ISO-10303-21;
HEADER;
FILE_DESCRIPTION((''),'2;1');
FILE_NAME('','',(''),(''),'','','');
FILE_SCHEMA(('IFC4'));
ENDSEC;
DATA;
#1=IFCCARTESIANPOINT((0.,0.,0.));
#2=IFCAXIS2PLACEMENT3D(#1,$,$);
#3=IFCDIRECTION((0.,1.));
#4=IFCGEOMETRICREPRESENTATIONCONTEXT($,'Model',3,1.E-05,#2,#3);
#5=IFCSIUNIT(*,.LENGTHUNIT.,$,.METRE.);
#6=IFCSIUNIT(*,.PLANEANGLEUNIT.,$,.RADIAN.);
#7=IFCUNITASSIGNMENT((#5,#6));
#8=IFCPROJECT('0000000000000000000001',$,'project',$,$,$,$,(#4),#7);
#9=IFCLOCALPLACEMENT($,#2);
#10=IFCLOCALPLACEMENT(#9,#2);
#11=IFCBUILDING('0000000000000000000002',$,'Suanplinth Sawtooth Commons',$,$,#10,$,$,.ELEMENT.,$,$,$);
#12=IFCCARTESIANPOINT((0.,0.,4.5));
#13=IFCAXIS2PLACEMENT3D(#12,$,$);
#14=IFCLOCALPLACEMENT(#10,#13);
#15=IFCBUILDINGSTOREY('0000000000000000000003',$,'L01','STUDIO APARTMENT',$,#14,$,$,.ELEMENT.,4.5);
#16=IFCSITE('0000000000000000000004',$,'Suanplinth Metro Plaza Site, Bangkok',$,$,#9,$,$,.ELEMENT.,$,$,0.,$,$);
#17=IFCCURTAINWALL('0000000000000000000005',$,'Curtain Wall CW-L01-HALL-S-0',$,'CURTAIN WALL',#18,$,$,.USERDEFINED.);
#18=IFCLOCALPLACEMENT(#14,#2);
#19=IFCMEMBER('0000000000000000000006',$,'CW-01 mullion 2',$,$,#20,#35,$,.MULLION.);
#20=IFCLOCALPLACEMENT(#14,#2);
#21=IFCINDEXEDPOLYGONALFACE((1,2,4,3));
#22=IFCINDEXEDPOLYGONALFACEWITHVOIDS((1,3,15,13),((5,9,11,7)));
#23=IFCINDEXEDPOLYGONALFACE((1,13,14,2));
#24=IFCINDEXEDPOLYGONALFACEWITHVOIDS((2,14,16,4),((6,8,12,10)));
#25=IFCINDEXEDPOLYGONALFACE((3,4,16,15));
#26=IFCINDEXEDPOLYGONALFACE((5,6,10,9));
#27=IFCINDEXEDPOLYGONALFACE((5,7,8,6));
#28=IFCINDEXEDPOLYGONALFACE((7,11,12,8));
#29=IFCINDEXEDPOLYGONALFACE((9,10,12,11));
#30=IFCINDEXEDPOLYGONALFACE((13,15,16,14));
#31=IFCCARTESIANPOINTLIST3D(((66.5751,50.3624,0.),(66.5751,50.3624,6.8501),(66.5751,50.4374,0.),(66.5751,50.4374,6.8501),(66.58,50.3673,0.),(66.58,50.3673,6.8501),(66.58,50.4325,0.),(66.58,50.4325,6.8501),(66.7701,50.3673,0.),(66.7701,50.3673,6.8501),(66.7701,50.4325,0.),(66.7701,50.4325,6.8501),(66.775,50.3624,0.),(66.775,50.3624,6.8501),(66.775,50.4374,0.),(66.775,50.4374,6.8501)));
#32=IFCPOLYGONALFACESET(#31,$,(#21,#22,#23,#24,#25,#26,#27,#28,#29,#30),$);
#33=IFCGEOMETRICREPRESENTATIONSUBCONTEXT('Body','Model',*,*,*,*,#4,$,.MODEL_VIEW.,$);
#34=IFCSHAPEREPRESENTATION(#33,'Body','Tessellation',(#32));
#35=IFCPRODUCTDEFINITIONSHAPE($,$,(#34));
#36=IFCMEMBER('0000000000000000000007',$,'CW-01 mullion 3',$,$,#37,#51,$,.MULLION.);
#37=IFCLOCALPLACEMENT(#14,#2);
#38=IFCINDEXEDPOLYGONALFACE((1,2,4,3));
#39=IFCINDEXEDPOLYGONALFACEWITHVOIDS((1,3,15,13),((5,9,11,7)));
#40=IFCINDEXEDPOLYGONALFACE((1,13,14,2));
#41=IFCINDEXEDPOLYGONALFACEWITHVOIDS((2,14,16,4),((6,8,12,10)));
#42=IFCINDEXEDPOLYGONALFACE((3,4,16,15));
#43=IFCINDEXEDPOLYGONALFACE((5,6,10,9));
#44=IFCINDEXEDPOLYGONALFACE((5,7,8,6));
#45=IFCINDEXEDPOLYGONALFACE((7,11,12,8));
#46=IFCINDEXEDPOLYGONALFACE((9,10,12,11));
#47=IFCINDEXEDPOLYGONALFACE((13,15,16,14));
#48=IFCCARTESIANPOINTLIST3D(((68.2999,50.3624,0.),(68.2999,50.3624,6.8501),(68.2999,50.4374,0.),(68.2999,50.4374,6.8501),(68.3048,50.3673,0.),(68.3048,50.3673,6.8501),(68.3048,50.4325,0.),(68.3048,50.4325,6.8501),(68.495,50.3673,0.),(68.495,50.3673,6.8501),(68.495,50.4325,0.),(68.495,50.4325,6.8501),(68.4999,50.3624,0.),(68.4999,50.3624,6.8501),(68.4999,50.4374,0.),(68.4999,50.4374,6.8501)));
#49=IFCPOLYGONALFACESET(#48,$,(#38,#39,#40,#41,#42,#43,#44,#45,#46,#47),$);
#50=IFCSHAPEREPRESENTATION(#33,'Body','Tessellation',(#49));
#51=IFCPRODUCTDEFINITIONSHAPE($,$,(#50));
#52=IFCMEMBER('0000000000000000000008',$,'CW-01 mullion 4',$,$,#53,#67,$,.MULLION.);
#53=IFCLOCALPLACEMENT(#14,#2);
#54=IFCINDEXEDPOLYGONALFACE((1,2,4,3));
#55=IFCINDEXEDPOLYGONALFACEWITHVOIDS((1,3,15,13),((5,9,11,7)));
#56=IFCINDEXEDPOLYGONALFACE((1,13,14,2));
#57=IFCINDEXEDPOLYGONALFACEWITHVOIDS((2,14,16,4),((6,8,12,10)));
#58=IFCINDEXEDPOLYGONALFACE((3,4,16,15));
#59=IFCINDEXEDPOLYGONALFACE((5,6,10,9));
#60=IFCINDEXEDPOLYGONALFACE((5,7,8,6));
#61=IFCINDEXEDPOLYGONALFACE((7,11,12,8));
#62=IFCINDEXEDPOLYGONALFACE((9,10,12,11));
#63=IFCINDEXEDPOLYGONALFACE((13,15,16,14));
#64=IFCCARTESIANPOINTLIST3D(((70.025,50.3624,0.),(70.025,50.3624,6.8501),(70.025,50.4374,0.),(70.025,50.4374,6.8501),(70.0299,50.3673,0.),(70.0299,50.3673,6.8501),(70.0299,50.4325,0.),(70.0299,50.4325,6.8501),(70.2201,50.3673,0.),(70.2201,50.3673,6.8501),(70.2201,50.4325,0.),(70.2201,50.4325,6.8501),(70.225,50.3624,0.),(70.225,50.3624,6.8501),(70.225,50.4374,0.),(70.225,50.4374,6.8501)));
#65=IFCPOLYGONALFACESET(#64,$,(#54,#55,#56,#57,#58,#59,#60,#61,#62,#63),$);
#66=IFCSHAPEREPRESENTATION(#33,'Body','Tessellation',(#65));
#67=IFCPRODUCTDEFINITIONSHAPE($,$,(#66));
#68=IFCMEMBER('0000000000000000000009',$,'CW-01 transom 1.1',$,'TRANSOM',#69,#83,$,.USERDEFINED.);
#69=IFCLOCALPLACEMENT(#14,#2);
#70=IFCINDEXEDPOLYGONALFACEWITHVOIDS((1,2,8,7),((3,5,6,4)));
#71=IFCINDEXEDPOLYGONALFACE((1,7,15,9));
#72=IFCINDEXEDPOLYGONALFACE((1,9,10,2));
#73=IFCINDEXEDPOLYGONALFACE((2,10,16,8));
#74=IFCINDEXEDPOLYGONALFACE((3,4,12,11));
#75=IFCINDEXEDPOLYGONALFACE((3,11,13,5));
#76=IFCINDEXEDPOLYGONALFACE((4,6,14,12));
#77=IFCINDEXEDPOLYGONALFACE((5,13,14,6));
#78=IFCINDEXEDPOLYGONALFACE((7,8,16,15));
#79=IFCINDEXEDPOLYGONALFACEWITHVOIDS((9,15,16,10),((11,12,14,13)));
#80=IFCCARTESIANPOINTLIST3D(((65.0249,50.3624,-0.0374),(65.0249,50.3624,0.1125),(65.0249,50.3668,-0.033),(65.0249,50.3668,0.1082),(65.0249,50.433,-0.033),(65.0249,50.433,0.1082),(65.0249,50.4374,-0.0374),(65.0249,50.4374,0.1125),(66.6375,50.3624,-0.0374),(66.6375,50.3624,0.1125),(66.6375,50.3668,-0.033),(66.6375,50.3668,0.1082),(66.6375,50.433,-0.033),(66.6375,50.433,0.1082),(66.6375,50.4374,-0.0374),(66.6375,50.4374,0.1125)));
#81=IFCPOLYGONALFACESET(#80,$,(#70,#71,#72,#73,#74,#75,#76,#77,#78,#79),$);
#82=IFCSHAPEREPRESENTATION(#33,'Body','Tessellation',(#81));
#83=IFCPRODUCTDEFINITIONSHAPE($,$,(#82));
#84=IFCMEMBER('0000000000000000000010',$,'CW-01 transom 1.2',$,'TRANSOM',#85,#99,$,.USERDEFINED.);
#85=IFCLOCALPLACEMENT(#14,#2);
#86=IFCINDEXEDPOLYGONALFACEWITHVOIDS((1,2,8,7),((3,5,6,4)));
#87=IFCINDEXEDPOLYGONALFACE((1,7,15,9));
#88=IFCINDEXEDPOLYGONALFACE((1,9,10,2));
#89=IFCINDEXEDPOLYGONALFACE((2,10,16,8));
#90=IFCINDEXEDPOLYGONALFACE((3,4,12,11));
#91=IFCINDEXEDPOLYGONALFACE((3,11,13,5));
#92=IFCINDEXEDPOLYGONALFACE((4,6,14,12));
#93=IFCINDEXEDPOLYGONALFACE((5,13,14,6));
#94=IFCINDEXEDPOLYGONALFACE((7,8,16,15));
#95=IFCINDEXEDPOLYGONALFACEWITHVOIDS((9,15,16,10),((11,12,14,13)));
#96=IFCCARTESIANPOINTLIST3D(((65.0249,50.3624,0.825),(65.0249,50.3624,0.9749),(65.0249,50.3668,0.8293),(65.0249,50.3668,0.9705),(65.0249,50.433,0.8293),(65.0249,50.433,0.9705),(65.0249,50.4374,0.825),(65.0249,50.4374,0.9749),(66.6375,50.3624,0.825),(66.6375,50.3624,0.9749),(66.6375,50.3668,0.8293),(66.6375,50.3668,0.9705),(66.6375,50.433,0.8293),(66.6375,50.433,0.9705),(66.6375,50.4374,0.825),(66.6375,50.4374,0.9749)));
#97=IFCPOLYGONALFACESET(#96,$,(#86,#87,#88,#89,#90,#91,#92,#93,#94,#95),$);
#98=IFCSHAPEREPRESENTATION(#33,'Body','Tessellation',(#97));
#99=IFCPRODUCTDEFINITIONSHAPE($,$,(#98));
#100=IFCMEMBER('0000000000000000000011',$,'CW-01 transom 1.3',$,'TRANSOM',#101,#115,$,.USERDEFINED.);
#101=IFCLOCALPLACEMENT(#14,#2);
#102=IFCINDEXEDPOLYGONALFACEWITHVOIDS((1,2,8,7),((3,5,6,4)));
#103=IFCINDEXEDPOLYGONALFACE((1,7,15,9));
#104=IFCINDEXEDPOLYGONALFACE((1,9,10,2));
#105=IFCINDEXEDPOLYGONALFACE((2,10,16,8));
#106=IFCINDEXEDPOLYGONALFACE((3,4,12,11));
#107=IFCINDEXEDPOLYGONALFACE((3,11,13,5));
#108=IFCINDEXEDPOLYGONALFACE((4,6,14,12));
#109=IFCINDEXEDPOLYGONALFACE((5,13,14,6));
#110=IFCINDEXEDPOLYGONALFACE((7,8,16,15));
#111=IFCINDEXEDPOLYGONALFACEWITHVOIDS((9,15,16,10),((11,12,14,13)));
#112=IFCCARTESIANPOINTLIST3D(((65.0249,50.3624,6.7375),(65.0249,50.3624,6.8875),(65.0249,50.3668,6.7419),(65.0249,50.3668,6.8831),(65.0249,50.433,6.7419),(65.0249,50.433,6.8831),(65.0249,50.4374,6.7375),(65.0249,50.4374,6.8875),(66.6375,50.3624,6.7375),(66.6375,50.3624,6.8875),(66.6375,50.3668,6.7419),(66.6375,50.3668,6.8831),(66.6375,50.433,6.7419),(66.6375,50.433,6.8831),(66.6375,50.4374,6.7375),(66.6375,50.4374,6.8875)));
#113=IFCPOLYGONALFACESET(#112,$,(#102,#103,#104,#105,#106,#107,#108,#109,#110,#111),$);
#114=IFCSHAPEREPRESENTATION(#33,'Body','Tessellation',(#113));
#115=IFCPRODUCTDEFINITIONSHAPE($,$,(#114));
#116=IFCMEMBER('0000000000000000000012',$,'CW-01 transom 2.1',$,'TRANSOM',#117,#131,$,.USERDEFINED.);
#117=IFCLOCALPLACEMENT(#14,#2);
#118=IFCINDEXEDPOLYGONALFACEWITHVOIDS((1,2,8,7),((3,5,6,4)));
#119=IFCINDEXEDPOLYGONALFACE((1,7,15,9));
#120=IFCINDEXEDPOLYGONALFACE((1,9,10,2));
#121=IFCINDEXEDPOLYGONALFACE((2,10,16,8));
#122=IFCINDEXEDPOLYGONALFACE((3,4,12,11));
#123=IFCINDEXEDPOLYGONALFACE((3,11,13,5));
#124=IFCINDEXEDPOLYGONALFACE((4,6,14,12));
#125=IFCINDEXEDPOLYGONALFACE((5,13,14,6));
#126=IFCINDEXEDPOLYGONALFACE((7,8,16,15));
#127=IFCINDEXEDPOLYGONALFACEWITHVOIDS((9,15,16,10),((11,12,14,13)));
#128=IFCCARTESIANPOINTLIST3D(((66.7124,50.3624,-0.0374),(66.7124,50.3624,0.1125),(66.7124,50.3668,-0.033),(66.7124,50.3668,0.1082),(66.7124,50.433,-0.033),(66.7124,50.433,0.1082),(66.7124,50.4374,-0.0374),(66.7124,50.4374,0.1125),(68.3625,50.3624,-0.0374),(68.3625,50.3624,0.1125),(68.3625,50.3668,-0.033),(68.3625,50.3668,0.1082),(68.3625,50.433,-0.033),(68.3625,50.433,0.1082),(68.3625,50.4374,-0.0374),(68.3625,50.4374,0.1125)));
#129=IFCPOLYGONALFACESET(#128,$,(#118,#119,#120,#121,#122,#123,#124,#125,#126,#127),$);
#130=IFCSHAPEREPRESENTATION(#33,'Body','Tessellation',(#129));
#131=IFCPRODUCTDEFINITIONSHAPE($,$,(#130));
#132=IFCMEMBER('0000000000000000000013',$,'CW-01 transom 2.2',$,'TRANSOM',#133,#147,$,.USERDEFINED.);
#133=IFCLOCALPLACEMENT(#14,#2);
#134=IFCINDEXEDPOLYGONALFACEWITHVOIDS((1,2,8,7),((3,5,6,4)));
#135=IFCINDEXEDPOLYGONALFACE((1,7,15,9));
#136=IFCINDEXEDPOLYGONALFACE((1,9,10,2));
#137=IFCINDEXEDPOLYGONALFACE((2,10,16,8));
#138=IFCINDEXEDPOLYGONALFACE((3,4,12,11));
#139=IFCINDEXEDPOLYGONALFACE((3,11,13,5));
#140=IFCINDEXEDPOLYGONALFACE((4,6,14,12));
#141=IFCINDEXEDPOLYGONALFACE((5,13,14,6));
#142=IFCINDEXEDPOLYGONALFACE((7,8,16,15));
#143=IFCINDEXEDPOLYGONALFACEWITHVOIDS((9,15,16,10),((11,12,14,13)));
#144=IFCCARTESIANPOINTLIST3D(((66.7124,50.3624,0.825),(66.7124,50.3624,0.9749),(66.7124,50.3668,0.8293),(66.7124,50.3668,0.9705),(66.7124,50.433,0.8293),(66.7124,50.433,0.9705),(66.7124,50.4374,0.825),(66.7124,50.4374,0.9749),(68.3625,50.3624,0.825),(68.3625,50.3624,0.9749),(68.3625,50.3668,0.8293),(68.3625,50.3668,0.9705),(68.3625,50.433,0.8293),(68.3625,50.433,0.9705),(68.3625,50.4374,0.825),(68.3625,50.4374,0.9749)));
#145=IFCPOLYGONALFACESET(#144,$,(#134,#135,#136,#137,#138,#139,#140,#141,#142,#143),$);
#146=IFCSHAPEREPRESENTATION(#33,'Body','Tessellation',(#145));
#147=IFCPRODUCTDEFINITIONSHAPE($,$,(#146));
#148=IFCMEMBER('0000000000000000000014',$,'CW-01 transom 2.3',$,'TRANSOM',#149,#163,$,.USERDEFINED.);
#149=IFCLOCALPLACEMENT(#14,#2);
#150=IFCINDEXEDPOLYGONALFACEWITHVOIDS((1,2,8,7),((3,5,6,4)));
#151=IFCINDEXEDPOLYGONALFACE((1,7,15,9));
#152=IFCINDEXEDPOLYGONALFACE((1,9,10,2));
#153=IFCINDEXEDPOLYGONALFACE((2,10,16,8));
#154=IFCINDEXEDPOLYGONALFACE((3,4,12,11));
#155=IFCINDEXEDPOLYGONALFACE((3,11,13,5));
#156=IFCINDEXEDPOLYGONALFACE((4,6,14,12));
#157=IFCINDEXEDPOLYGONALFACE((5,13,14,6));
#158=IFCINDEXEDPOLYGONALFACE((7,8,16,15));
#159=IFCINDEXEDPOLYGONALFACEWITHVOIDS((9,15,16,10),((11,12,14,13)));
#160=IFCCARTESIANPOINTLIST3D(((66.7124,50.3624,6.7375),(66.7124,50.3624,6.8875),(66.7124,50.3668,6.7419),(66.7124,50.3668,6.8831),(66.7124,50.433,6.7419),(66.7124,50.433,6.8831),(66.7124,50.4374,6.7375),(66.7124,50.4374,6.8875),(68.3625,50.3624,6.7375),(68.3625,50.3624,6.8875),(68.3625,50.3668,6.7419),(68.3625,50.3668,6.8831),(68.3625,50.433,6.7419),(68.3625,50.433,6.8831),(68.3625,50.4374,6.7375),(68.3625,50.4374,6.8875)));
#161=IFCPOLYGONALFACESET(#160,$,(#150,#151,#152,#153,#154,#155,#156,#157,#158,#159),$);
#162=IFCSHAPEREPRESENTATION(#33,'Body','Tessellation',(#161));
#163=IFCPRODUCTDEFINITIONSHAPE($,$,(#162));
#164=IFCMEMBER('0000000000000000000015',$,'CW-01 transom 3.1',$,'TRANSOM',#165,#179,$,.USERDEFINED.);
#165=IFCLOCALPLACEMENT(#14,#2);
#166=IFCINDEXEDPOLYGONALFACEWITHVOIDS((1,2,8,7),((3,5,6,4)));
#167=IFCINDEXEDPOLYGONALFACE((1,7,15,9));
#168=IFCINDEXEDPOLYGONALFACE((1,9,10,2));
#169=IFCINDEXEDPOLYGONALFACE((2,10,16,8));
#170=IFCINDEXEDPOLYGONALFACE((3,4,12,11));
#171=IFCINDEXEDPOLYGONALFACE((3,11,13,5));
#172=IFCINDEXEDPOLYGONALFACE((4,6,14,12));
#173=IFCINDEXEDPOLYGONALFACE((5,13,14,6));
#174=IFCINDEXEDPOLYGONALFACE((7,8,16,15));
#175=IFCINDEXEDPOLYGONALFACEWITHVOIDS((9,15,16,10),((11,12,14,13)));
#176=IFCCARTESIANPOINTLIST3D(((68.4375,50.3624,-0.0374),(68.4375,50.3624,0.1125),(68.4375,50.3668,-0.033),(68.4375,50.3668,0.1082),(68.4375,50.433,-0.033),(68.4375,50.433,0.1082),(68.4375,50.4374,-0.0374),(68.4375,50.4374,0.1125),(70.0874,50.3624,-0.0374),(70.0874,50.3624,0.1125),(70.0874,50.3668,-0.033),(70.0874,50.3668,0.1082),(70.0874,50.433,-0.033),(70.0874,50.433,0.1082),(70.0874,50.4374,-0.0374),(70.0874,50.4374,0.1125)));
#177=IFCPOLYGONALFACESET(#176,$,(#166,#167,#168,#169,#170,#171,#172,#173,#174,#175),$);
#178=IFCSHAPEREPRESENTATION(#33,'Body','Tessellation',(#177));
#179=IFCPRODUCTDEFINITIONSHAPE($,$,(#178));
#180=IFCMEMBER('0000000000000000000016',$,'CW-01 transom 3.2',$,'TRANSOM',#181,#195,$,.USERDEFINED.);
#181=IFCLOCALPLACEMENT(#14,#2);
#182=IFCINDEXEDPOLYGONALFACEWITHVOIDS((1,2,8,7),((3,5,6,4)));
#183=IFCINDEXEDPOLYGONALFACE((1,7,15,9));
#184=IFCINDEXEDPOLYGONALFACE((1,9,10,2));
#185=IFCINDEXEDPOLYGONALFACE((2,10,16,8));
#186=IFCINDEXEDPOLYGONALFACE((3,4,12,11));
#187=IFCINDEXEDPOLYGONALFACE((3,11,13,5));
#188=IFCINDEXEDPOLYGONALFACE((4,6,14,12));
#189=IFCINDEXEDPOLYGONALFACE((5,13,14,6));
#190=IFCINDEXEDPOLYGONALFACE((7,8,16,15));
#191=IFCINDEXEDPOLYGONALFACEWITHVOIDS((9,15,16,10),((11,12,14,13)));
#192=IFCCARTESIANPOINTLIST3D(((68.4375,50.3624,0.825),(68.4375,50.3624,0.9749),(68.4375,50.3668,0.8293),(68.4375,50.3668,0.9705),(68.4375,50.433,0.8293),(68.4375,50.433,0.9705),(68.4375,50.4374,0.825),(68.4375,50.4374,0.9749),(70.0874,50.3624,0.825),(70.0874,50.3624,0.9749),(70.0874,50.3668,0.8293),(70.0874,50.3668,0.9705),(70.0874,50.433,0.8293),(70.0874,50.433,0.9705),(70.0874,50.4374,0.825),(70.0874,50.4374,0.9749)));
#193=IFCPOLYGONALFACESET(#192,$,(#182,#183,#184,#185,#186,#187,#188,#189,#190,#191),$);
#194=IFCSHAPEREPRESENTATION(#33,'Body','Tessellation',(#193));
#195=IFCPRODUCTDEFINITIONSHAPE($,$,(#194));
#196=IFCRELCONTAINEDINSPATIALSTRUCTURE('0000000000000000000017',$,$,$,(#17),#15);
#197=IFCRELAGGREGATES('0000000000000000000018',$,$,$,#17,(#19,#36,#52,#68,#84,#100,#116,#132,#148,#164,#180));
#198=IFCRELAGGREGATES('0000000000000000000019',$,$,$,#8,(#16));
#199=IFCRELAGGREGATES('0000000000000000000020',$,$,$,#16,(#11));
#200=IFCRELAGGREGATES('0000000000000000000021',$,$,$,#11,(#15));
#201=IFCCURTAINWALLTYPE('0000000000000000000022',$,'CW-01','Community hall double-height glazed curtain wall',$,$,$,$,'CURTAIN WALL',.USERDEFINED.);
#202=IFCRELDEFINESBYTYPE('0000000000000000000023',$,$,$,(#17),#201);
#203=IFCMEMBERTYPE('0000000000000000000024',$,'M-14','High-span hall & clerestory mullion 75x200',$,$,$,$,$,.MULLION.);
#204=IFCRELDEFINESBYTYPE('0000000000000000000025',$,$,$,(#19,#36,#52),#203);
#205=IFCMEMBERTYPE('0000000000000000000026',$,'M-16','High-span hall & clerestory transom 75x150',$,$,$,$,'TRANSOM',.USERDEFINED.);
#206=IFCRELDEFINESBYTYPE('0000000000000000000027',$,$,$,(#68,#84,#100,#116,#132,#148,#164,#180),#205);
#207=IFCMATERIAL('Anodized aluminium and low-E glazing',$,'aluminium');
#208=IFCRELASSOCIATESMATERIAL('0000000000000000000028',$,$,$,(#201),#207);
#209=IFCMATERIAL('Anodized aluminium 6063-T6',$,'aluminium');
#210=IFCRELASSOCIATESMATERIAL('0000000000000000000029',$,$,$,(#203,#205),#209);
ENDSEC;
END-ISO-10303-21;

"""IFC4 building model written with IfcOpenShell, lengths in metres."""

from ifc_helpers import new_model, si_unit, direction, frame, origin, origin_2d, place, context, subcontext, project, spatial, hollow_rectangle, extrude, material, material_profile, profile_set, type_object, element, aggregate, save


model = new_model("IFC4")

# Units and contexts
model_context = context("Model", 3, precision=1e-05, world=origin(), true_north=direction((0.0, 1.0)))
body_context = subcontext(model_context, "Body", "Model", "MODEL_VIEW")
ifc_project = project(units=[si_unit("LENGTHUNIT", "METRE"), si_unit("PLANEANGLEUNIT", "RADIAN")], contexts=[model_context])

# Site, building, storey
site_placement = place(None, origin())
site = spatial("IfcSite", under=ifc_project, at=site_placement, Name="Suanplinth Metro Plaza Site, Bangkok", CompositionType="ELEMENT", RefElevation=0.0)
building_placement = place(site_placement, origin())
building = spatial("IfcBuilding", under=site, at=building_placement, Name="Suanplinth Sawtooth Commons", CompositionType="ELEMENT")
storey_placement = place(building_placement, frame((0.0, 0.0, 4.5)))
storey = spatial("IfcBuildingStorey", under=building, at=storey_placement, Name="L01", Description="STUDIO APARTMENT", CompositionType="ELEMENT", Elevation=4.5)

# Curtain wall, members
ifc_material_1 = material(Name="Anodized aluminium and low-E glazing", Category="aluminium")
curtain_wall_type = type_object("IfcCurtainWallType", Name="CW-01", Description="Community hall double-height glazed curtain wall", ElementType="CURTAIN WALL", PredefinedType="USERDEFINED", material=ifc_material_1)
curtain_wall_placement = place(storey_placement, origin())
curtain_wall = element("IfcCurtainWall", 1, at=curtain_wall_placement, inside=storey, type_object=curtain_wall_type, Name="Curtain Wall CW-L01-HALL-S-0", ObjectType="CURTAIN WALL", PredefinedType="USERDEFINED")
ifc_material_2 = material(Name="Anodized aluminium 6063-T6", Category="aluminium")
ifc_material_profile_1 = material_profile(ifc_material_2, hollow_rectangle(XDim=0.075, YDim=0.2, WallThickness=0.0049, at=origin_2d()), Name="ALU-MUL 75x200")
ifc_profile_set_1 = profile_set([ifc_material_profile_1], Name="Anodized aluminium 6063-T6")
member_type_1 = type_object("IfcMemberType", Name="M-14", Description="High-span hall & clerestory mullion 75x200", PredefinedType="MULLION", material=ifc_profile_set_1)
member_1_placement = place(storey_placement, frame((66.675, 50.3999, 0.0), z_axis=(0.0, 0.0, 1.0), x_axis=(0.0, 1.0, 0.0)))
member_1 = element("IfcMember", 2, at=member_1_placement, type_object=member_type_1, Name="CW-01 mullion 2", PredefinedType="MULLION", context=body_context, shape_type="SweptSolid", body=[
    extrude(hollow_rectangle(XDim=0.075, YDim=0.2, WallThickness=0.0049, at=origin_2d()), origin(), (0.0, 0.0, 1.0), 6.8501),
])
member_2_placement = place(storey_placement, frame((68.3999, 50.3999, 0.0), z_axis=(0.0, 0.0, 1.0), x_axis=(0.0, 1.0, 0.0)))
member_2 = element("IfcMember", 3, at=member_2_placement, type_object=member_type_1, Name="CW-01 mullion 3", PredefinedType="MULLION", context=body_context, shape_type="SweptSolid", body=[
    extrude(hollow_rectangle(XDim=0.075, YDim=0.2, WallThickness=0.0049, at=origin_2d()), origin(), (0.0, 0.0, 1.0), 6.8501),
])
member_3_placement = place(storey_placement, frame((70.125, 50.3999, 0.0), z_axis=(0.0, 0.0, 1.0), x_axis=(0.0, 1.0, 0.0)))
member_3 = element("IfcMember", 4, at=member_3_placement, type_object=member_type_1, Name="CW-01 mullion 4", PredefinedType="MULLION", context=body_context, shape_type="SweptSolid", body=[
    extrude(hollow_rectangle(XDim=0.075, YDim=0.2, WallThickness=0.0049, at=origin_2d()), origin(), (0.0, 0.0, 1.0), 6.8501),
])
ifc_material_profile_2 = material_profile(ifc_material_2, hollow_rectangle(XDim=0.075, YDim=0.1499, WallThickness=0.0044, at=origin_2d()), Name="ALU-TRN 75x150")
ifc_profile_set_2 = profile_set([ifc_material_profile_2], Name="Anodized aluminium 6063-T6")
member_type_2 = type_object("IfcMemberType", Name="M-16", Description="High-span hall & clerestory transom 75x150", ElementType="TRANSOM", PredefinedType="USERDEFINED", material=ifc_profile_set_2)
member_4_placement = place(storey_placement, frame((65.0249, 50.3999, 0.0376), z_axis=(1.0, 0.0, 0.0), x_axis=(0.0, 1.0, 0.0)))
member_4 = element("IfcMember", 5, at=member_4_placement, type_object=member_type_2, Name="CW-01 transom 1.1", ObjectType="TRANSOM", PredefinedType="USERDEFINED", context=body_context, shape_type="SweptSolid", body=[
    extrude(hollow_rectangle(XDim=0.075, YDim=0.1499, WallThickness=0.0044, at=origin_2d()), origin(), (0.0, 0.0, 1.0), 1.6125),
])
member_5_placement = place(storey_placement, frame((65.0249, 50.3999, 0.8999), z_axis=(1.0, 0.0, 0.0), x_axis=(0.0, 1.0, 0.0)))
member_5 = element("IfcMember", 6, at=member_5_placement, type_object=member_type_2, Name="CW-01 transom 1.2", ObjectType="TRANSOM", PredefinedType="USERDEFINED", context=body_context, shape_type="SweptSolid", body=[
    extrude(hollow_rectangle(XDim=0.075, YDim=0.1499, WallThickness=0.0044, at=origin_2d()), origin(), (0.0, 0.0, 1.0), 1.6125),
])
member_6_placement = place(storey_placement, frame((65.0249, 50.3999, 6.8125), z_axis=(1.0, 0.0, 0.0), x_axis=(0.0, 1.0, 0.0)))
member_6 = element("IfcMember", 7, at=member_6_placement, type_object=member_type_2, Name="CW-01 transom 1.3", ObjectType="TRANSOM", PredefinedType="USERDEFINED", context=body_context, shape_type="SweptSolid", body=[
    extrude(hollow_rectangle(XDim=0.075, YDim=0.1499, WallThickness=0.0044, at=origin_2d()), origin(), (0.0, 0.0, 1.0), 1.6125),
])
member_7_placement = place(storey_placement, frame((66.7124, 50.3999, 0.0376), z_axis=(1.0, 0.0, 0.0), x_axis=(0.0, 1.0, 0.0)))
member_7 = element("IfcMember", 8, at=member_7_placement, type_object=member_type_2, Name="CW-01 transom 2.1", ObjectType="TRANSOM", PredefinedType="USERDEFINED", context=body_context, shape_type="SweptSolid", body=[
    extrude(hollow_rectangle(XDim=0.075, YDim=0.1499, WallThickness=0.0044, at=origin_2d()), origin(), (0.0, 0.0, 1.0), 1.6501),
])
member_8_placement = place(storey_placement, frame((66.7124, 50.3999, 0.8999), z_axis=(1.0, 0.0, 0.0), x_axis=(0.0, 1.0, 0.0)))
member_8 = element("IfcMember", 9, at=member_8_placement, type_object=member_type_2, Name="CW-01 transom 2.2", ObjectType="TRANSOM", PredefinedType="USERDEFINED", context=body_context, shape_type="SweptSolid", body=[
    extrude(hollow_rectangle(XDim=0.075, YDim=0.1499, WallThickness=0.0044, at=origin_2d()), origin(), (0.0, 0.0, 1.0), 1.6501),
])
member_9_placement = place(storey_placement, frame((66.7124, 50.3999, 6.8125), z_axis=(1.0, 0.0, 0.0), x_axis=(0.0, 1.0, 0.0)))
member_9 = element("IfcMember", 10, at=member_9_placement, type_object=member_type_2, Name="CW-01 transom 2.3", ObjectType="TRANSOM", PredefinedType="USERDEFINED", context=body_context, shape_type="SweptSolid", body=[
    extrude(hollow_rectangle(XDim=0.075, YDim=0.1499, WallThickness=0.0044, at=origin_2d()), origin(), (0.0, 0.0, 1.0), 1.6501),
])
member_10_placement = place(storey_placement, frame((68.4375, 50.3999, 0.0376), z_axis=(1.0, 0.0, 0.0), x_axis=(0.0, 1.0, 0.0)))
member_10 = element("IfcMember", 11, at=member_10_placement, type_object=member_type_2, Name="CW-01 transom 3.1", ObjectType="TRANSOM", PredefinedType="USERDEFINED", context=body_context, shape_type="SweptSolid", body=[
    extrude(hollow_rectangle(XDim=0.075, YDim=0.1499, WallThickness=0.0044, at=origin_2d()), origin(), (0.0, 0.0, 1.0), 1.6499),
])
member_11_placement = place(storey_placement, frame((68.4375, 50.3999, 0.8999), z_axis=(1.0, 0.0, 0.0), x_axis=(0.0, 1.0, 0.0)))
member_11 = element("IfcMember", 12, at=member_11_placement, type_object=member_type_2, Name="CW-01 transom 3.2", ObjectType="TRANSOM", PredefinedType="USERDEFINED", context=body_context, shape_type="SweptSolid", body=[
    extrude(hollow_rectangle(XDim=0.075, YDim=0.1499, WallThickness=0.0044, at=origin_2d()), origin(), (0.0, 0.0, 1.0), 1.6499),
])
aggregate(curtain_wall, [member_1, member_2, member_3, member_4, member_5, member_6, member_7, member_8, member_9, member_10, member_11])

save(model, "model.ifc")
